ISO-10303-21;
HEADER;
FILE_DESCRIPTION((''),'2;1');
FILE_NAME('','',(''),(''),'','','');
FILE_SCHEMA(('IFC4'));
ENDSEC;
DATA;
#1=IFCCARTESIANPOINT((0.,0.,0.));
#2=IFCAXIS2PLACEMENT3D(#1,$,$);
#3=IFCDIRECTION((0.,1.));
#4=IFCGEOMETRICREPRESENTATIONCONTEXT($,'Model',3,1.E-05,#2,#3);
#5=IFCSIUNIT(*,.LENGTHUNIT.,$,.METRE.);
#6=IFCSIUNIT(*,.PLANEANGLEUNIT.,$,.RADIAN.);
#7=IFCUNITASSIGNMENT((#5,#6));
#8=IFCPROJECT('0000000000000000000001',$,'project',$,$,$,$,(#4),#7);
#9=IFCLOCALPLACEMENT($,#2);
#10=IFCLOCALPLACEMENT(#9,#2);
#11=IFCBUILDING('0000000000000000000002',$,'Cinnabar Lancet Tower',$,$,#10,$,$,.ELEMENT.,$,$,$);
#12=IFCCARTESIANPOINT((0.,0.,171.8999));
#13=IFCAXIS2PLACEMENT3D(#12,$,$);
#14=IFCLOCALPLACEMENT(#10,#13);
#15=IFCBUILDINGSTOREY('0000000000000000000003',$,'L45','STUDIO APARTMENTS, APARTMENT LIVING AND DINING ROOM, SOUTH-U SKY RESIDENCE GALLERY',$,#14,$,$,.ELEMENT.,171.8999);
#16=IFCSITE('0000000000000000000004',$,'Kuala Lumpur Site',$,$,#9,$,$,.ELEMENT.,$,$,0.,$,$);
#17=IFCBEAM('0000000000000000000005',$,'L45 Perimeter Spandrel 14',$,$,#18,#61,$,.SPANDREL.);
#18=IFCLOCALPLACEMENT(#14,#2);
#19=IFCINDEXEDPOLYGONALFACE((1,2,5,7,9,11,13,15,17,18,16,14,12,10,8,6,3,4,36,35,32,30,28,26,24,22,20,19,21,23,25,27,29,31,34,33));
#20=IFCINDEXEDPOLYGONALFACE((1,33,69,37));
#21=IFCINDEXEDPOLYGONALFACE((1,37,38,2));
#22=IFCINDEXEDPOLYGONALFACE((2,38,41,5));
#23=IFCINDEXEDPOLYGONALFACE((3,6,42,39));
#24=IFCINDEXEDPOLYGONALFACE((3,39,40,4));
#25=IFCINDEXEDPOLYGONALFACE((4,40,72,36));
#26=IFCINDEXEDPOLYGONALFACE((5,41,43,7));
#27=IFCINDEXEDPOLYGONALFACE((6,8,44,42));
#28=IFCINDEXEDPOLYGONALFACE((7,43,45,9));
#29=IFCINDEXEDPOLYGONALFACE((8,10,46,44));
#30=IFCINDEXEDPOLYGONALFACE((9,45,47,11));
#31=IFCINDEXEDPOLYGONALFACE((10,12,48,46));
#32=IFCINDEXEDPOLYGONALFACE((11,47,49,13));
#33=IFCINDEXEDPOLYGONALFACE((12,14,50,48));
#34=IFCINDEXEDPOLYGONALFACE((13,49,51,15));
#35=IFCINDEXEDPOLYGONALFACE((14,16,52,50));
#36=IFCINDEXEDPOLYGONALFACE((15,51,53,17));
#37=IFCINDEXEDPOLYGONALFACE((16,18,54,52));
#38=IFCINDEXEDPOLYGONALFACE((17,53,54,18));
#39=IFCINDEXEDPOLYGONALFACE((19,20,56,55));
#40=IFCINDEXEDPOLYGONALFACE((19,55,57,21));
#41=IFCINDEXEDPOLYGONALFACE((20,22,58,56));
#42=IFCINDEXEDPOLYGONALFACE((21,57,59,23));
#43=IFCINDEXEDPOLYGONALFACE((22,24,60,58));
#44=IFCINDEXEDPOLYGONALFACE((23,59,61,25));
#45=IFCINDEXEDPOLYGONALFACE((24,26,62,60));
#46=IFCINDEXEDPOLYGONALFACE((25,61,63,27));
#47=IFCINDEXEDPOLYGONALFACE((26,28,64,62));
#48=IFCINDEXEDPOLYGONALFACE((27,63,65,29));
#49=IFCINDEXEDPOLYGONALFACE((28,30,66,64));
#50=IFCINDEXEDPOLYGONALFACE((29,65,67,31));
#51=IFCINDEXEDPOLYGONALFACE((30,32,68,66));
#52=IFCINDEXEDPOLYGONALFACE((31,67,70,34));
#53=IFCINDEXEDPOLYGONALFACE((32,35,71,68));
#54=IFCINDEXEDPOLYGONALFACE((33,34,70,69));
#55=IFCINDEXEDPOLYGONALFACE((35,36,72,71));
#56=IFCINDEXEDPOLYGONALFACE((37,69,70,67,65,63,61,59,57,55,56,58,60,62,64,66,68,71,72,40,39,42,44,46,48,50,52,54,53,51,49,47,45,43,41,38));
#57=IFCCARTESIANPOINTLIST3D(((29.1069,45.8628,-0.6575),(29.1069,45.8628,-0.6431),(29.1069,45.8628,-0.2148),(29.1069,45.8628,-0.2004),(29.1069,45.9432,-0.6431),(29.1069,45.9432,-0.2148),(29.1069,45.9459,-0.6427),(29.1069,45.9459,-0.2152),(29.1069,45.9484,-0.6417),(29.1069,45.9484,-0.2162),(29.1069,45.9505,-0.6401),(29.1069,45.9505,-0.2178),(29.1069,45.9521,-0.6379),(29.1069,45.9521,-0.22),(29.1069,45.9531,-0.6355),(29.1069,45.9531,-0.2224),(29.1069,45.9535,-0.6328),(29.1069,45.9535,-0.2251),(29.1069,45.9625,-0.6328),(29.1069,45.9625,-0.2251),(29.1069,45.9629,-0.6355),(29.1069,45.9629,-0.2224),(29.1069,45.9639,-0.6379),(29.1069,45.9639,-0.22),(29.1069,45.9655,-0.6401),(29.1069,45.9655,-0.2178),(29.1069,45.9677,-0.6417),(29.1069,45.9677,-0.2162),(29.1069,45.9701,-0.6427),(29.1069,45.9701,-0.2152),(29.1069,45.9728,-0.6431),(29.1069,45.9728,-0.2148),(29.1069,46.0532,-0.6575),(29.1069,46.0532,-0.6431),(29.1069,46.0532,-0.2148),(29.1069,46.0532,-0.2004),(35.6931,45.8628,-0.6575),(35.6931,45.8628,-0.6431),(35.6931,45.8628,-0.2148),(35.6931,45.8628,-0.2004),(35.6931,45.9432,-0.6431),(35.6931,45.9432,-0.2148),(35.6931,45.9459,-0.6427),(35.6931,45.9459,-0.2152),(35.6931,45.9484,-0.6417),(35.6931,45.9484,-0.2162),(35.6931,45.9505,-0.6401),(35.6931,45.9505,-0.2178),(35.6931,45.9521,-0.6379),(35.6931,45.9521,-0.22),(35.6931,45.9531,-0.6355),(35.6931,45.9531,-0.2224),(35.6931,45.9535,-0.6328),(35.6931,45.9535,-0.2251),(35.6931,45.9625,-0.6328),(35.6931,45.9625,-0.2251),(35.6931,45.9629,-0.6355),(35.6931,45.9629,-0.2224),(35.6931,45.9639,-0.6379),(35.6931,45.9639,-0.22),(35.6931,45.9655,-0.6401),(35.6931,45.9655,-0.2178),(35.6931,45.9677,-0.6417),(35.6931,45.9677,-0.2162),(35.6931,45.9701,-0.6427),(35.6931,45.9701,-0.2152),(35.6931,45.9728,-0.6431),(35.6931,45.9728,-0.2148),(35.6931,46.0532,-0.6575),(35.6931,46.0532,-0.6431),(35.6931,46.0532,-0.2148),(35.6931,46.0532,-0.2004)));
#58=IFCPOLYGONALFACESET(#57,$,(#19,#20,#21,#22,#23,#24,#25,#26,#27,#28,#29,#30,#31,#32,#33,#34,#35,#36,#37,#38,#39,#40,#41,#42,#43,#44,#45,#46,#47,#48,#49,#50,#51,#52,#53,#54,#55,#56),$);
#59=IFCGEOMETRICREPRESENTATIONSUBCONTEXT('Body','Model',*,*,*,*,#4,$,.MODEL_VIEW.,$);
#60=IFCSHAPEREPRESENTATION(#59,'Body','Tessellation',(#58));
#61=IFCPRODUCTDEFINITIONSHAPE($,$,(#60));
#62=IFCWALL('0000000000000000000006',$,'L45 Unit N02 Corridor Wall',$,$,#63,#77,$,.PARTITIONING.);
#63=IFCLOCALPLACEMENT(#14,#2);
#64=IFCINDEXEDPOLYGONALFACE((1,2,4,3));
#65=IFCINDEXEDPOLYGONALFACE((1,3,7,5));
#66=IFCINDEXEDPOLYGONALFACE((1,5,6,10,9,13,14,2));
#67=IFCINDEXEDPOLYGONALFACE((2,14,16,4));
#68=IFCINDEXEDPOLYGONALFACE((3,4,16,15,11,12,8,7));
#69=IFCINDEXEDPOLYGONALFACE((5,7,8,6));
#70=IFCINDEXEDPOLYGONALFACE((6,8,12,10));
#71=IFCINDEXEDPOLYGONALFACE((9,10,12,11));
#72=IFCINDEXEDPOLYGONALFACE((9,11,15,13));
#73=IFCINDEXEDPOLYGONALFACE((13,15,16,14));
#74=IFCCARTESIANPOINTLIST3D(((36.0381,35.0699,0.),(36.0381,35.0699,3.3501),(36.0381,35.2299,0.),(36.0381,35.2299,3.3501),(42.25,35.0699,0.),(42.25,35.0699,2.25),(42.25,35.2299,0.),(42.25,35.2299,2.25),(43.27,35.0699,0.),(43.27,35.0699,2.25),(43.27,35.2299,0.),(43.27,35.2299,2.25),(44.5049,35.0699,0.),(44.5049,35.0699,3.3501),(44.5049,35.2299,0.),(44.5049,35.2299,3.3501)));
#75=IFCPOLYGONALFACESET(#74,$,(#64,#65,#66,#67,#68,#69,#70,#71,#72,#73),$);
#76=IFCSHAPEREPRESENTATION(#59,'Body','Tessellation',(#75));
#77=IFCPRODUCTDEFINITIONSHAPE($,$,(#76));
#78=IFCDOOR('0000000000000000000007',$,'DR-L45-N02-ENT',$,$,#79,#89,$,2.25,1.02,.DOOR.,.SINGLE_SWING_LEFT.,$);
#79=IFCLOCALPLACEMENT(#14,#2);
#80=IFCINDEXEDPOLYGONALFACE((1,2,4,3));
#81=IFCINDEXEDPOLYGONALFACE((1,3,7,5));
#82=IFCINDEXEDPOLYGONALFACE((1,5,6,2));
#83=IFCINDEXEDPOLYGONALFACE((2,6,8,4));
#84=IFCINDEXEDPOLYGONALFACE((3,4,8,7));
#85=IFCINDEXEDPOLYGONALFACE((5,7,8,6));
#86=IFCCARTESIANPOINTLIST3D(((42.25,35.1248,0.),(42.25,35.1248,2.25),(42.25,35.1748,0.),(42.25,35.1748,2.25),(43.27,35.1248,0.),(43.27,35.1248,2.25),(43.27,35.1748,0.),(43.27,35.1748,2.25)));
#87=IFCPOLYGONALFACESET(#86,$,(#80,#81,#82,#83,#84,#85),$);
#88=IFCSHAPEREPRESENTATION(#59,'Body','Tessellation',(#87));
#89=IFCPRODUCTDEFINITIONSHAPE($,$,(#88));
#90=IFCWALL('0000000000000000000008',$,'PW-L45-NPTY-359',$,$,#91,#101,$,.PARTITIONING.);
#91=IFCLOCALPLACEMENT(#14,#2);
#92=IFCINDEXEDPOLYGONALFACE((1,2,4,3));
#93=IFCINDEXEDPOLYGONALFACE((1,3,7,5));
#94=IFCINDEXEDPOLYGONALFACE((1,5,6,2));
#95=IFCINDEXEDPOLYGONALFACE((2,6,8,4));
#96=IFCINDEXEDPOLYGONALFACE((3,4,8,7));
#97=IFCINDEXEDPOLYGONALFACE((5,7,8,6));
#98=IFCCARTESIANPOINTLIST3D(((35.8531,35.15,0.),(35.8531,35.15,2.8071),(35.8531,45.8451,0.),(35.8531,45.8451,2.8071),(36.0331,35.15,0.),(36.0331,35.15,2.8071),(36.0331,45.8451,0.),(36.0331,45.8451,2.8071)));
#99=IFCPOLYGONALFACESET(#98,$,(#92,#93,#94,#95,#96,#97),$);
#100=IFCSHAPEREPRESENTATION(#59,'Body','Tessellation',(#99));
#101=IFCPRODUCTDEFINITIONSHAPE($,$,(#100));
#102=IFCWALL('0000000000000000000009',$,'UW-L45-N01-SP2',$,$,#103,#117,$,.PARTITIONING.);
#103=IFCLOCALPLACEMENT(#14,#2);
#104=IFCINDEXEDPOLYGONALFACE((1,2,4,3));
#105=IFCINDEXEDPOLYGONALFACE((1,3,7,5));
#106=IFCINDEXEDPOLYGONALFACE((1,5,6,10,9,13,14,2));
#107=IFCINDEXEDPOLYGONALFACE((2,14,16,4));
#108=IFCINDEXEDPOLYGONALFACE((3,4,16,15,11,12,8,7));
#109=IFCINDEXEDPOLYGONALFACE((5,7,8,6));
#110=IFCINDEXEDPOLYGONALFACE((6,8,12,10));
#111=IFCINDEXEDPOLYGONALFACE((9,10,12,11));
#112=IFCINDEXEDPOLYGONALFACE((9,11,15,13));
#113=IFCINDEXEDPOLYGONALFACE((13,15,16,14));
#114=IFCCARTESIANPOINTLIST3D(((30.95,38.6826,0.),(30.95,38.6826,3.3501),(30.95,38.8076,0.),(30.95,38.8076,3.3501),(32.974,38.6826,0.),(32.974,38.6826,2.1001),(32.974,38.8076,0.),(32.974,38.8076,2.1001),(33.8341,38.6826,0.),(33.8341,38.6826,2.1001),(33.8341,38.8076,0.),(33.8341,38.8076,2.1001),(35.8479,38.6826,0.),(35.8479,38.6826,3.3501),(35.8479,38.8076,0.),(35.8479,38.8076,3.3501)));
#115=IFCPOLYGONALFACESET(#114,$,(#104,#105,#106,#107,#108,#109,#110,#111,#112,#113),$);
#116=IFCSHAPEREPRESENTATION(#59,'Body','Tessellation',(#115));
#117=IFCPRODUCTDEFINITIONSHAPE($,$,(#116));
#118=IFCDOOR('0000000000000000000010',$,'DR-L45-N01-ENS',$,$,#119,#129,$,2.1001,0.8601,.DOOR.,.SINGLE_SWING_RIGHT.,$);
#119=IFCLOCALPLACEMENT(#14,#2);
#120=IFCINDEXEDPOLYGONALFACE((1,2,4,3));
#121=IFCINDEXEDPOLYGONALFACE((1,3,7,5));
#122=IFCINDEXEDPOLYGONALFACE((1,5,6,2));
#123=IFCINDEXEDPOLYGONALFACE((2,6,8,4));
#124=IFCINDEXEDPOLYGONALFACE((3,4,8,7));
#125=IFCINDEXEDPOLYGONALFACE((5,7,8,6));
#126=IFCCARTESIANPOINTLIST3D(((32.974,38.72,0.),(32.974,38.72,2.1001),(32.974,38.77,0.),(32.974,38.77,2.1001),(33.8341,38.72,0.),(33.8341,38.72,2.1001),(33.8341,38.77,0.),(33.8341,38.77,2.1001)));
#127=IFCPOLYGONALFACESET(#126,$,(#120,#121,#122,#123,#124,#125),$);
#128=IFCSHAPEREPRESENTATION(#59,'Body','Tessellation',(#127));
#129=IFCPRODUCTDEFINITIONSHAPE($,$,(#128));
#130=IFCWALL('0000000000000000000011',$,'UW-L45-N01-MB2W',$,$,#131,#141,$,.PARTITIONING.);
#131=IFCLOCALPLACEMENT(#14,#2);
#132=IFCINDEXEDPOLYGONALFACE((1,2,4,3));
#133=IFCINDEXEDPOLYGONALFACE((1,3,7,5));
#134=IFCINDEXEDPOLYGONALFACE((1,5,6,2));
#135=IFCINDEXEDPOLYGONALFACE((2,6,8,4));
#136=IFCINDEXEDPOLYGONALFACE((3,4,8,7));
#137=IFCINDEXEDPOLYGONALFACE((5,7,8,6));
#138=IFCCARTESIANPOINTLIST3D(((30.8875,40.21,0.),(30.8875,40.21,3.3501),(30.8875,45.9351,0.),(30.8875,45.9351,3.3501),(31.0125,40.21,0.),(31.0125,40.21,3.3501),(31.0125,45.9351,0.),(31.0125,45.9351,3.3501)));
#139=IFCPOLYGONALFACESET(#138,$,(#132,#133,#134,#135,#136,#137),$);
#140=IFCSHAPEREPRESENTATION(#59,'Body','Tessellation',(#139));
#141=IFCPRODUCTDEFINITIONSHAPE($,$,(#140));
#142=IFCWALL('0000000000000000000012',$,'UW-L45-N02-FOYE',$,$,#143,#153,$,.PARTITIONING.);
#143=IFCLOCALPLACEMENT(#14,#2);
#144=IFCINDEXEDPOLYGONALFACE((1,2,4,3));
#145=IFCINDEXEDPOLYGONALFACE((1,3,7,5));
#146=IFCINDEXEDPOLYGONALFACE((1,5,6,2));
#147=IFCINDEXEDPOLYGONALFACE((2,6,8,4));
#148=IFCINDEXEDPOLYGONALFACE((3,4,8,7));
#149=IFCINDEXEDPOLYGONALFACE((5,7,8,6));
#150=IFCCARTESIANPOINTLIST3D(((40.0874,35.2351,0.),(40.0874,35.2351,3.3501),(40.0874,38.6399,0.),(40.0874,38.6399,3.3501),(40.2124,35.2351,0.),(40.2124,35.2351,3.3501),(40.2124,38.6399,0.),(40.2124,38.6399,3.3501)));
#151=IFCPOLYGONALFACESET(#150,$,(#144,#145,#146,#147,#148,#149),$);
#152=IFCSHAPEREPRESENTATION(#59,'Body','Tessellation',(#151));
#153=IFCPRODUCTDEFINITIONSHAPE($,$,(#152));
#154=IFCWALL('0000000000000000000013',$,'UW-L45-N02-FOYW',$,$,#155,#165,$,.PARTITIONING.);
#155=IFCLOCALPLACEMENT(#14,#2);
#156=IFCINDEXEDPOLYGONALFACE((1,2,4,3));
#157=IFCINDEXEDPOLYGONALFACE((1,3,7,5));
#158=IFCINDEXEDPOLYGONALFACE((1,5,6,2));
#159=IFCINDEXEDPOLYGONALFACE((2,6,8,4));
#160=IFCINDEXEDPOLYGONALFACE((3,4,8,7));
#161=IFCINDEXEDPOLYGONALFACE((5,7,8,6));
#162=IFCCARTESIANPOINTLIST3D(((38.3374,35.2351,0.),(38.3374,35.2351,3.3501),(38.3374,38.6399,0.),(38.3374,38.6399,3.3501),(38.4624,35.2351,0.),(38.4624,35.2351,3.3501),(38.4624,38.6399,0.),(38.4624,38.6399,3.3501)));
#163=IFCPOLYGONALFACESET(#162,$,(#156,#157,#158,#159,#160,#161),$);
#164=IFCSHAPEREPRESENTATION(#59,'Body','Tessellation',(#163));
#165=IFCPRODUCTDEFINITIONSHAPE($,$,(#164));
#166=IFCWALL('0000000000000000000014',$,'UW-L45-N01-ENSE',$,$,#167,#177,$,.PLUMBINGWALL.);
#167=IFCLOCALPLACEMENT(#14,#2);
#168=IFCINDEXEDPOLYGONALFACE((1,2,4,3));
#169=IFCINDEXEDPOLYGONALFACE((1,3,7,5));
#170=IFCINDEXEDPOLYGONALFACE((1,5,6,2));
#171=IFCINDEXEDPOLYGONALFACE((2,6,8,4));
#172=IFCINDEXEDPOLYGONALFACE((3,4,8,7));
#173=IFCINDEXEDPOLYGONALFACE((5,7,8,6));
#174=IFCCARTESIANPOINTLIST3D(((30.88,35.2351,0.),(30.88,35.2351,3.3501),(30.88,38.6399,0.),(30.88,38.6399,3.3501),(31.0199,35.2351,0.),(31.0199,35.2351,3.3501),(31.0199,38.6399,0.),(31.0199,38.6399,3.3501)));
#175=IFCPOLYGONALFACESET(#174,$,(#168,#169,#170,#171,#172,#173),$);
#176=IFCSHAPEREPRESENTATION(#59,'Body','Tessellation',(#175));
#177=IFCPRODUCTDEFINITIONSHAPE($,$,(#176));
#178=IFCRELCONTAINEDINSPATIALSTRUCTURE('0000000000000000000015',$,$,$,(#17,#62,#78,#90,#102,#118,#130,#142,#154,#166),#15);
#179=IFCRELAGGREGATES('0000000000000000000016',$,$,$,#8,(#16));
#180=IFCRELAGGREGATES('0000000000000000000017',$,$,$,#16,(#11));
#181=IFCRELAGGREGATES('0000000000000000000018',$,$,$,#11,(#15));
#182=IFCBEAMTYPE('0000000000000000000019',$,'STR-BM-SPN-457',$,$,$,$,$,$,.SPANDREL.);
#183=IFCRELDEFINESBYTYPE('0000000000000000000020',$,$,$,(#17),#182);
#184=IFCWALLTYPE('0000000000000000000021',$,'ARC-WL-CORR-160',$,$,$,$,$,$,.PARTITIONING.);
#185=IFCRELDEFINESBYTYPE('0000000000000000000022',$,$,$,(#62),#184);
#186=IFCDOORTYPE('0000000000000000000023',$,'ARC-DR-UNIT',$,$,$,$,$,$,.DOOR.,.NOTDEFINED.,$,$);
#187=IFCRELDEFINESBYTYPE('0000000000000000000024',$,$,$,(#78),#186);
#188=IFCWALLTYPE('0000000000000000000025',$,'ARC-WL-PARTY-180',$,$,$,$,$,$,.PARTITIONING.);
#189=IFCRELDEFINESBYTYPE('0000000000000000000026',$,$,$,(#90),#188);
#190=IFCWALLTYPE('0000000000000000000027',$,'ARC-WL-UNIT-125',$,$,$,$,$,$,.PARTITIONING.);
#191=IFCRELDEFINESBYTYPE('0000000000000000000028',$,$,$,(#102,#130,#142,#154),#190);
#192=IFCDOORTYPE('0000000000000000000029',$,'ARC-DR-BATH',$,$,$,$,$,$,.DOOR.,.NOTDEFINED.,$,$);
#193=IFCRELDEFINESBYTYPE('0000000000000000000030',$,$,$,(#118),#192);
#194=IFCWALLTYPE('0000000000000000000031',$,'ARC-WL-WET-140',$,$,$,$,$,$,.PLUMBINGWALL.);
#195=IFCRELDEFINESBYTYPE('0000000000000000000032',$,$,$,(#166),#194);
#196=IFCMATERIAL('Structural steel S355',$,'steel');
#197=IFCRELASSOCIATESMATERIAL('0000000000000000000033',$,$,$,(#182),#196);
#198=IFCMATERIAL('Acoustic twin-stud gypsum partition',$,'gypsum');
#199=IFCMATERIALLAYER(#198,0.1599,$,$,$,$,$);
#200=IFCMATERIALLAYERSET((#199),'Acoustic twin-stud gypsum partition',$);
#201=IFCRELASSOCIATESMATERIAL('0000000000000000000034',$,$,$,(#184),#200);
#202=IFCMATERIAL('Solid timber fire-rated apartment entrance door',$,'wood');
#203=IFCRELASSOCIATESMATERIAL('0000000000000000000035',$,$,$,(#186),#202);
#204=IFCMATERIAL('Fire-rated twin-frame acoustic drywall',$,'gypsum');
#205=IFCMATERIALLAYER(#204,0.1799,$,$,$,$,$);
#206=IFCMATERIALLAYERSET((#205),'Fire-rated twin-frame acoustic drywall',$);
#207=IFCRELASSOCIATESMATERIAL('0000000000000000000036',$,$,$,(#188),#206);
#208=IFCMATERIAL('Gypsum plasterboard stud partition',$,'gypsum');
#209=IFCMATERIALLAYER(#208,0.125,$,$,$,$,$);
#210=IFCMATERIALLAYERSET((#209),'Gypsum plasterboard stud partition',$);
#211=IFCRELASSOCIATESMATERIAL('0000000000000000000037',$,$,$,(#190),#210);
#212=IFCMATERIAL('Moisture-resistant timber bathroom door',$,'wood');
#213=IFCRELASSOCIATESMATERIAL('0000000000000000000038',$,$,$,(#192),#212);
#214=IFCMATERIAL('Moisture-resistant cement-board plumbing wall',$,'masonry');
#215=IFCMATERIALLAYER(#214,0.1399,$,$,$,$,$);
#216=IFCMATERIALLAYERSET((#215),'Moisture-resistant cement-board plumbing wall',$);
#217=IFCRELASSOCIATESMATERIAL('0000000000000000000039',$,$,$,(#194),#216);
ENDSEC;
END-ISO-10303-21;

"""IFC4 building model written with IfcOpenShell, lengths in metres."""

from ifc_helpers import new_model, si_unit, direction, frame, frame_2d, origin, origin_2d, place, context, subcontext, project, spatial, rectangle, i_section, extrude, material, layer, layer_set, material_profile, profile_set, type_object, element, fill, save


model = new_model("IFC4")

# Units and contexts
model_context = context("Model", 3, precision=1e-05, world=origin(), true_north=direction((0.0, 1.0)))
body_context = subcontext(model_context, "Body", "Model", "MODEL_VIEW")
ifc_project = project(units=[si_unit("LENGTHUNIT", "METRE"), si_unit("PLANEANGLEUNIT", "RADIAN")], contexts=[model_context])

# Site, building, storey
site_placement = place(None, origin())
site = spatial("IfcSite", under=ifc_project, at=site_placement, Name="Kuala Lumpur Site", CompositionType="ELEMENT", RefElevation=0.0)
building_placement = place(site_placement, origin())
building = spatial("IfcBuilding", under=site, at=building_placement, Name="Cinnabar Lancet Tower", CompositionType="ELEMENT")
storey_placement = place(building_placement, frame((0.0, 0.0, 171.8999)))
storey = spatial("IfcBuildingStorey", under=building, at=storey_placement, Name="L45", Description="STUDIO APARTMENTS, APARTMENT LIVING AND DINING ROOM, SOUTH-U SKY RESIDENCE GALLERY", CompositionType="ELEMENT", Elevation=171.8999)

# Beam
ifc_material_1 = material(Name="Structural steel S355", Category="steel")
ifc_material_profile_1 = material_profile(ifc_material_1, i_section(OverallWidth=0.1904, OverallDepth=0.457, WebThickness=0.009, FlangeThickness=0.0144, FilletRadius=0.0103, at=origin_2d()), Name="UKB 457x191x74")
ifc_profile_set_1 = profile_set([ifc_material_profile_1], Name="Structural steel S355")
beam_type_1 = type_object("IfcBeamType", Name="STR-BM-SPN-457", PredefinedType="SPANDREL", material=ifc_profile_set_1)
beam_1_placement = place(storey_placement, frame((35.6931, 45.958, -0.429), z_axis=(-1.0, 0.0, 0.0), x_axis=(0.0, -1.0, 0.0)))
element("IfcBeam", 1, at=beam_1_placement, inside=storey, type_object=beam_type_1, Name="L45 Perimeter Spandrel 14", PredefinedType="SPANDREL", context=body_context, shape_type="SweptSolid", body=[
    extrude(i_section(OverallWidth=0.1904, OverallDepth=0.457, WebThickness=0.009, FlangeThickness=0.0144, FilletRadius=0.0103, at=origin_2d()), origin(), (0.0, 0.0, 1.0), 6.5862),
])

# Wall, opening, door
ifc_material_2 = material(Name="Acoustic twin-stud gypsum partition", Category="gypsum")
ifc_layer_1 = layer(ifc_material_2, 0.1599)
ifc_layer_set_1 = layer_set([ifc_layer_1], Name="Acoustic twin-stud gypsum partition")
wall_type_1 = type_object("IfcWallType", Name="ARC-WL-CORR-160", PredefinedType="PARTITIONING", material=ifc_layer_set_1)
wall_1_placement = place(storey_placement, frame((36.0381, 35.1499, 0.0), z_axis=(0.0, 0.0, 1.0), x_axis=(1.0, 0.0, 0.0)))
wall_1 = element("IfcWall", 2, at=wall_1_placement, inside=storey, type_object=wall_type_1, Name="L45 Unit N02 Corridor Wall", PredefinedType="PARTITIONING", context=body_context, shape_type="SweptSolid", body=[
    extrude(rectangle(XDim=8.4668, YDim=0.1599, at=frame_2d((4.2334, 0.0))), origin(), (0.0, 0.0, 1.0), 3.3501),
])
opening_1_placement = place(wall_1_placement, frame((6.2119, 0.0, 0.0)))
opening_1 = element("IfcOpeningElement", 3, at=opening_1_placement, cuts=wall_1, PredefinedType="OPENING", context=body_context, shape_type="SweptSolid", body=[
    extrude(rectangle(XDim=1.02, YDim=2.25, at=frame_2d((0.51, 1.125))), frame((0.0, 0.0898, 0.0), z_axis=(0.0, -1.0, 0.0), x_axis=(1.0, 0.0, 0.0)), (0.0, 0.0, 1.0), 0.1799),
])
ifc_material_3 = material(Name="Solid timber fire-rated apartment entrance door", Category="wood")
door_type_1 = type_object("IfcDoorType", Name="ARC-DR-UNIT", OperationType="NOTDEFINED", PredefinedType="DOOR", material=ifc_material_3)
door_1_placement = place(opening_1_placement, origin())
door_1 = element("IfcDoor", 4, at=door_1_placement, inside=storey, type_object=door_type_1, Name="DR-L45-N02-ENT", OperationType="SINGLE_SWING_LEFT", OverallHeight=2.25, OverallWidth=1.02, PredefinedType="DOOR", context=body_context, shape_type="SweptSolid", body=[
    extrude(rectangle(XDim=1.02, YDim=2.25, at=frame_2d((0.51, 1.125))), frame((0.0, 0.0249, 0.0), z_axis=(0.0, -1.0, 0.0), x_axis=(1.0, 0.0, 0.0)), (0.0, 0.0, 1.0), 0.05),
])
fill(opening_1, door_1)

# Wall
ifc_material_4 = material(Name="Fire-rated twin-frame acoustic drywall", Category="gypsum")
ifc_layer_2 = layer(ifc_material_4, 0.1799)
ifc_layer_set_2 = layer_set([ifc_layer_2], Name="Fire-rated twin-frame acoustic drywall")
wall_type_2 = type_object("IfcWallType", Name="ARC-WL-PARTY-180", PredefinedType="PARTITIONING", material=ifc_layer_set_2)
wall_2_placement = place(storey_placement, frame((35.9431, 35.1499, 0.0), z_axis=(0.0, 0.0, 1.0), x_axis=(0.0, 1.0, 0.0)))
element("IfcWall", 5, at=wall_2_placement, inside=storey, type_object=wall_type_2, Name="PW-L45-NPTY-359", PredefinedType="PARTITIONING", context=body_context, shape_type="SweptSolid", body=[
    extrude(rectangle(XDim=10.6951, YDim=0.1799, at=frame_2d((5.3477, 0.0))), origin(), (0.0, 0.0, 1.0), 2.8071),
])

# Wall, opening, door
ifc_material_5 = material(Name="Gypsum plasterboard stud partition", Category="gypsum")
ifc_layer_3 = layer(ifc_material_5, 0.125)
ifc_layer_set_3 = layer_set([ifc_layer_3], Name="Gypsum plasterboard stud partition")
wall_type_3 = type_object("IfcWallType", Name="ARC-WL-UNIT-125", PredefinedType="PARTITIONING", material=ifc_layer_set_3)
wall_3_placement = place(storey_placement, frame((30.95, 38.7451, 0.0), z_axis=(0.0, 0.0, 1.0), x_axis=(1.0, 0.0, 0.0)))
wall_3 = element("IfcWall", 6, at=wall_3_placement, inside=storey, type_object=wall_type_3, Name="UW-L45-N01-SP2", PredefinedType="PARTITIONING", context=body_context, shape_type="SweptSolid", body=[
    extrude(rectangle(XDim=4.8979, YDim=0.125, at=frame_2d((2.449, 0.0))), origin(), (0.0, 0.0, 1.0), 3.3501),
])
opening_2_placement = place(wall_3_placement, frame((2.0239, 0.0, 0.0)))
opening_2 = element("IfcOpeningElement", 7, at=opening_2_placement, cuts=wall_3, PredefinedType="OPENING", context=body_context, shape_type="SweptSolid", body=[
    extrude(rectangle(XDim=0.8601, YDim=2.1001, at=frame_2d((0.4302, 1.05))), frame((0.0, 0.0725, 0.0), z_axis=(0.0, -1.0, 0.0), x_axis=(1.0, 0.0, 0.0)), (0.0, 0.0, 1.0), 0.145),
])
ifc_material_6 = material(Name="Moisture-resistant timber bathroom door", Category="wood")
door_type_2 = type_object("IfcDoorType", Name="ARC-DR-BATH", OperationType="NOTDEFINED", PredefinedType="DOOR", material=ifc_material_6)
door_2_placement = place(opening_2_placement, origin())
door_2 = element("IfcDoor", 8, at=door_2_placement, inside=storey, type_object=door_type_2, Name="DR-L45-N01-ENS", OperationType="SINGLE_SWING_RIGHT", OverallHeight=2.1001, OverallWidth=0.8601, PredefinedType="DOOR", context=body_context, shape_type="SweptSolid", body=[
    extrude(rectangle(XDim=0.8601, YDim=2.1001, at=frame_2d((0.4302, 1.05))), frame((0.0, 0.0249, 0.0), z_axis=(0.0, -1.0, 0.0), x_axis=(1.0, 0.0, 0.0)), (0.0, 0.0, 1.0), 0.05),
])
fill(opening_2, door_2)

# Walls
wall_4_placement = place(storey_placement, frame((30.95, 40.21, 0.0), z_axis=(0.0, 0.0, 1.0), x_axis=(0.0, 1.0, 0.0)))
element("IfcWall", 9, at=wall_4_placement, inside=storey, type_object=wall_type_3, Name="UW-L45-N01-MB2W", PredefinedType="PARTITIONING", context=body_context, shape_type="SweptSolid", body=[
    extrude(rectangle(XDim=5.7251, YDim=0.125, at=frame_2d((2.8625, 0.0))), origin(), (0.0, 0.0, 1.0), 3.3501),
])
for number, where, z_axis, x_axis, name in (
    (10, (40.1499, 35.2351, 0.0), (0.0, 0.0, 1.0), (0.0, 1.0, 0.0), "UW-L45-N02-FOYE"),
    (11, (38.3999, 35.2351, 0.0), (0.0, 0.0, 1.0), (0.0, 1.0, 0.0), "UW-L45-N02-FOYW"),
):
    element("IfcWall", number, at=place(storey_placement, frame(where, z_axis=z_axis, x_axis=x_axis)), inside=storey, type_object=wall_type_3, Name=name, PredefinedType="PARTITIONING", context=body_context, shape_type="SweptSolid", body=[
        extrude(rectangle(XDim=3.4048, YDim=0.125, at=frame_2d((1.7024, 0.0))), origin(), (0.0, 0.0, 1.0), 3.3501),
    ])

# Wall
ifc_material_7 = material(Name="Moisture-resistant cement-board plumbing wall", Category="masonry")
ifc_layer_4 = layer(ifc_material_7, 0.1399)
ifc_layer_set_4 = layer_set([ifc_layer_4], Name="Moisture-resistant cement-board plumbing wall")
wall_type_4 = type_object("IfcWallType", Name="ARC-WL-WET-140", PredefinedType="PLUMBINGWALL", material=ifc_layer_set_4)
wall_5_placement = place(storey_placement, frame((30.95, 35.2351, 0.0), z_axis=(0.0, 0.0, 1.0), x_axis=(0.0, 1.0, 0.0)))
element("IfcWall", 12, at=wall_5_placement, inside=storey, type_object=wall_type_4, Name="UW-L45-N01-ENSE", PredefinedType="PLUMBINGWALL", context=body_context, shape_type="SweptSolid", body=[
    extrude(rectangle(XDim=3.4048, YDim=0.1399, at=frame_2d((1.7024, 0.0))), origin(), (0.0, 0.0, 1.0), 3.3501),
])

save(model, "model.ifc")
